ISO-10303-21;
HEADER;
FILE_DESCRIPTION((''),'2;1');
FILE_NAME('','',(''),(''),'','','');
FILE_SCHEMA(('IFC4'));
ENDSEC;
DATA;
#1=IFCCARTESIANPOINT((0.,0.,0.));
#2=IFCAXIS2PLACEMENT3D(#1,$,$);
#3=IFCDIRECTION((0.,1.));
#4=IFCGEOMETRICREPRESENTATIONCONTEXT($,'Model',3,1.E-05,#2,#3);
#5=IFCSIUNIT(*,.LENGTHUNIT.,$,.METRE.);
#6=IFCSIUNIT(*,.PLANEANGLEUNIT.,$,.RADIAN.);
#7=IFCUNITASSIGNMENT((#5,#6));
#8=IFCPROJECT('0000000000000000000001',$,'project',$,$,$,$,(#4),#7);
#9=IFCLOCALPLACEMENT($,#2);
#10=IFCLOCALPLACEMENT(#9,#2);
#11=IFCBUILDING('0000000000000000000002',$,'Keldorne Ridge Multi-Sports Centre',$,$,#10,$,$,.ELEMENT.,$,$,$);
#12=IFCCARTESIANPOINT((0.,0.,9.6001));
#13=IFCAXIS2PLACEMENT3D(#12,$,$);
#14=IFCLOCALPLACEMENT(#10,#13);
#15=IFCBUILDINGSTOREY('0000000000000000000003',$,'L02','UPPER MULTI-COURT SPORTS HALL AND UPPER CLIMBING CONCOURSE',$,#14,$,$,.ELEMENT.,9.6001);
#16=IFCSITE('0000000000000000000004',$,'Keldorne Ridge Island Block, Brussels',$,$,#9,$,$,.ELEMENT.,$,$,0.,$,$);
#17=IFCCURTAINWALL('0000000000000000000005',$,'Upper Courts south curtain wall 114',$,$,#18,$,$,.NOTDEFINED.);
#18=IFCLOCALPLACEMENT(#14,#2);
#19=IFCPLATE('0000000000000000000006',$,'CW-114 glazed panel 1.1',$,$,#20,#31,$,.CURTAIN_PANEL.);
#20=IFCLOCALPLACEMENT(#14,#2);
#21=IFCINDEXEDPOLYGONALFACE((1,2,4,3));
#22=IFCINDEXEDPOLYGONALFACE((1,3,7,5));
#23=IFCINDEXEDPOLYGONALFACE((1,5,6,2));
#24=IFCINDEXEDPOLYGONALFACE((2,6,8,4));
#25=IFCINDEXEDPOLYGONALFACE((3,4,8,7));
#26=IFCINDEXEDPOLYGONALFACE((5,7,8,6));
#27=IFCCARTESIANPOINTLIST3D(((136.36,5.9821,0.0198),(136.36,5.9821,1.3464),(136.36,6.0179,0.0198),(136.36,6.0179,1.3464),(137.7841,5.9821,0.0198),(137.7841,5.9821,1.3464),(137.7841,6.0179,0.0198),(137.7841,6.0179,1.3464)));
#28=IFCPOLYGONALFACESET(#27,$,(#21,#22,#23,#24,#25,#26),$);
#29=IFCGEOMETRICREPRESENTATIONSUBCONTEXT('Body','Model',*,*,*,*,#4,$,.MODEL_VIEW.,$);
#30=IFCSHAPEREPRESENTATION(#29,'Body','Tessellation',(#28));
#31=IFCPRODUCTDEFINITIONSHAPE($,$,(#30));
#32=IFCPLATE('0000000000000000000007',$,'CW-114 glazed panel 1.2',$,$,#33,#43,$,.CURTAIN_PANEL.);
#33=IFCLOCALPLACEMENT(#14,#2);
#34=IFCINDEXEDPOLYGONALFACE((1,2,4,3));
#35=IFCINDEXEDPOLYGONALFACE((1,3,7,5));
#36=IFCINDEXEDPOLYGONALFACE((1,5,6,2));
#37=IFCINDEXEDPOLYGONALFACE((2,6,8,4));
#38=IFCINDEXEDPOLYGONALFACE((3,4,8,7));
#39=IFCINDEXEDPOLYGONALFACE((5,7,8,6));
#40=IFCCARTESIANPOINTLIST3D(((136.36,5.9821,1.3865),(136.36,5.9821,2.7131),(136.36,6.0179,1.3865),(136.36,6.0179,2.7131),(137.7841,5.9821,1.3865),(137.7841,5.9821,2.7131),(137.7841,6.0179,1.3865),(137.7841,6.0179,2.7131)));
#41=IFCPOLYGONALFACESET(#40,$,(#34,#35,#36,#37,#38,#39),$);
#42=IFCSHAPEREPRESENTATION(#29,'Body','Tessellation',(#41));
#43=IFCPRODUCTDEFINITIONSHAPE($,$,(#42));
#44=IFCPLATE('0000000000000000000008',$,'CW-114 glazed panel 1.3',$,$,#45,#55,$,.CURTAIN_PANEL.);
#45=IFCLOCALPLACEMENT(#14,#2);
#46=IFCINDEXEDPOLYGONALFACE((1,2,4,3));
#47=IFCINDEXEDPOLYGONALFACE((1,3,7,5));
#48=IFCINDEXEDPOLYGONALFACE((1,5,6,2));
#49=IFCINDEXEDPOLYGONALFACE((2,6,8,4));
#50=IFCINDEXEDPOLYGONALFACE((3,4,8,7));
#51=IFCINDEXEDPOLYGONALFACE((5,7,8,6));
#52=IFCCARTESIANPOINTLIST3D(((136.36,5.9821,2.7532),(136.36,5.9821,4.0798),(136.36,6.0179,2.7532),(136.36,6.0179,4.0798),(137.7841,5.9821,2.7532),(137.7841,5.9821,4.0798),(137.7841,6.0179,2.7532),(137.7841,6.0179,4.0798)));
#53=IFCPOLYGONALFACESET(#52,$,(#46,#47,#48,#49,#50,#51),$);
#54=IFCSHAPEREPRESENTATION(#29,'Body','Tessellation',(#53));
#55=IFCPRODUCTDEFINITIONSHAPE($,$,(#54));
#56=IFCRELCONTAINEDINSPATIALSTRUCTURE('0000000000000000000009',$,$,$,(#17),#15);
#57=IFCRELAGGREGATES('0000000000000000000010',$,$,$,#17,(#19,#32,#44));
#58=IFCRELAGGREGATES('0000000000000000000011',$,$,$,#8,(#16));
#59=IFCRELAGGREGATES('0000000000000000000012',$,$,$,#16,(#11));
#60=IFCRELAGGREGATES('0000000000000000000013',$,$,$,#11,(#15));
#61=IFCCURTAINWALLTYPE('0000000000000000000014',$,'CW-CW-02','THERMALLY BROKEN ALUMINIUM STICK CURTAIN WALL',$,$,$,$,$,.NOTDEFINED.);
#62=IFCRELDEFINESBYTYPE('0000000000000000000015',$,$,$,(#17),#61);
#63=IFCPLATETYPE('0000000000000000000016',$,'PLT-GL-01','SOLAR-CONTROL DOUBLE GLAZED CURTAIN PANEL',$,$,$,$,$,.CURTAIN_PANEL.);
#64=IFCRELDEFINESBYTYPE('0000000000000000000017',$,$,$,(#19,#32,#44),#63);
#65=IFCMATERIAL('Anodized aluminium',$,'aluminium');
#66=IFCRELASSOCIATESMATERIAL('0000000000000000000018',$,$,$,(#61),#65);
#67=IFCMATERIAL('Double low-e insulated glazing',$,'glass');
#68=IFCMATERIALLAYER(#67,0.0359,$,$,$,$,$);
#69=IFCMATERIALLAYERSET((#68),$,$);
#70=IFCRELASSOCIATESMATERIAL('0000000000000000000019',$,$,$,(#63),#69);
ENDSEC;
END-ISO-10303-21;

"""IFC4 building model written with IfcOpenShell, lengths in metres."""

from ifc_helpers import new_model, si_unit, direction, frame, origin, origin_2d, place, context, subcontext, project, spatial, rectangle, extrude, material, layer, layer_set, type_object, element, aggregate, save


model = new_model("IFC4")

# Units and contexts
model_context = context("Model", 3, precision=1e-05, world=origin(), true_north=direction((0.0, 1.0)))
body_context = subcontext(model_context, "Body", "Model", "MODEL_VIEW")
ifc_project = project(units=[si_unit("LENGTHUNIT", "METRE"), si_unit("PLANEANGLEUNIT", "RADIAN")], contexts=[model_context])

# Site, building, storey
site_placement = place(None, origin())
site = spatial("IfcSite", under=ifc_project, at=site_placement, Name="Keldorne Ridge Island Block, Brussels", CompositionType="ELEMENT", RefElevation=0.0)
building_placement = place(site_placement, origin())
building = spatial("IfcBuilding", under=site, at=building_placement, Name="Keldorne Ridge Multi-Sports Centre", CompositionType="ELEMENT")
storey_placement = place(building_placement, frame((0.0, 0.0, 9.6001)))
storey = spatial("IfcBuildingStorey", under=building, at=storey_placement, Name="L02", Description="UPPER MULTI-COURT SPORTS HALL AND UPPER CLIMBING CONCOURSE", CompositionType="ELEMENT", Elevation=9.6001)

# Curtain wall
ifc_material_1 = material(Name="Anodized aluminium", Category="aluminium")
curtain_wall_type_1 = type_object("IfcCurtainWallType", Name="CW-CW-02", Description="THERMALLY BROKEN ALUMINIUM STICK CURTAIN WALL", PredefinedType="NOTDEFINED", material=ifc_material_1)
curtain_wall_1_placement = place(storey_placement, origin())
curtain_wall_1 = element("IfcCurtainWall", 1, at=curtain_wall_1_placement, inside=storey, type_object=curtain_wall_type_1, Name="Upper Courts south curtain wall 114", PredefinedType="NOTDEFINED")

# Plates
ifc_material_2 = material(Name="Double low-e insulated glazing", Category="glass")
ifc_layer = layer(ifc_material_2, 0.0359)
ifc_layer_set = layer_set([ifc_layer])
plate_type = type_object("IfcPlateType", Name="PLT-GL-01", Description="SOLAR-CONTROL DOUBLE GLAZED CURTAIN PANEL", PredefinedType="CURTAIN_PANEL", material=ifc_layer_set)
plate_1_placement = place(storey_placement, frame((137.072, 6.0, 0.0198), z_axis=(0.0, 0.0, 1.0), x_axis=(1.0, 0.0, 0.0)))
plate_1 = element("IfcPlate", 2, at=plate_1_placement, type_object=plate_type, Name="CW-114 glazed panel 1.1", PredefinedType="CURTAIN_PANEL", context=body_context, shape_type="SweptSolid", body=[
    extrude(rectangle(XDim=1.4241, YDim=0.0359, at=origin_2d()), origin(), (0.0, 0.0, 1.0), 1.3267),
])
plate_2_placement = place(storey_placement, frame((137.072, 6.0, 1.3865), z_axis=(0.0, 0.0, 1.0), x_axis=(1.0, 0.0, 0.0)))
plate_2 = element("IfcPlate", 3, at=plate_2_placement, type_object=plate_type, Name="CW-114 glazed panel 1.2", PredefinedType="CURTAIN_PANEL", context=body_context, shape_type="SweptSolid", body=[
    extrude(rectangle(XDim=1.4241, YDim=0.0359, at=origin_2d()), origin(), (0.0, 0.0, 1.0), 1.3267),
])
plate_3_placement = place(storey_placement, frame((137.072, 6.0, 2.7532), z_axis=(0.0, 0.0, 1.0), x_axis=(1.0, 0.0, 0.0)))
plate_3 = element("IfcPlate", 4, at=plate_3_placement, type_object=plate_type, Name="CW-114 glazed panel 1.3", PredefinedType="CURTAIN_PANEL", context=body_context, shape_type="SweptSolid", body=[
    extrude(rectangle(XDim=1.4241, YDim=0.0359, at=origin_2d()), origin(), (0.0, 0.0, 1.0), 1.3267),
])
aggregate(curtain_wall_1, [plate_1, plate_2, plate_3])

save(model, "model.ifc")
